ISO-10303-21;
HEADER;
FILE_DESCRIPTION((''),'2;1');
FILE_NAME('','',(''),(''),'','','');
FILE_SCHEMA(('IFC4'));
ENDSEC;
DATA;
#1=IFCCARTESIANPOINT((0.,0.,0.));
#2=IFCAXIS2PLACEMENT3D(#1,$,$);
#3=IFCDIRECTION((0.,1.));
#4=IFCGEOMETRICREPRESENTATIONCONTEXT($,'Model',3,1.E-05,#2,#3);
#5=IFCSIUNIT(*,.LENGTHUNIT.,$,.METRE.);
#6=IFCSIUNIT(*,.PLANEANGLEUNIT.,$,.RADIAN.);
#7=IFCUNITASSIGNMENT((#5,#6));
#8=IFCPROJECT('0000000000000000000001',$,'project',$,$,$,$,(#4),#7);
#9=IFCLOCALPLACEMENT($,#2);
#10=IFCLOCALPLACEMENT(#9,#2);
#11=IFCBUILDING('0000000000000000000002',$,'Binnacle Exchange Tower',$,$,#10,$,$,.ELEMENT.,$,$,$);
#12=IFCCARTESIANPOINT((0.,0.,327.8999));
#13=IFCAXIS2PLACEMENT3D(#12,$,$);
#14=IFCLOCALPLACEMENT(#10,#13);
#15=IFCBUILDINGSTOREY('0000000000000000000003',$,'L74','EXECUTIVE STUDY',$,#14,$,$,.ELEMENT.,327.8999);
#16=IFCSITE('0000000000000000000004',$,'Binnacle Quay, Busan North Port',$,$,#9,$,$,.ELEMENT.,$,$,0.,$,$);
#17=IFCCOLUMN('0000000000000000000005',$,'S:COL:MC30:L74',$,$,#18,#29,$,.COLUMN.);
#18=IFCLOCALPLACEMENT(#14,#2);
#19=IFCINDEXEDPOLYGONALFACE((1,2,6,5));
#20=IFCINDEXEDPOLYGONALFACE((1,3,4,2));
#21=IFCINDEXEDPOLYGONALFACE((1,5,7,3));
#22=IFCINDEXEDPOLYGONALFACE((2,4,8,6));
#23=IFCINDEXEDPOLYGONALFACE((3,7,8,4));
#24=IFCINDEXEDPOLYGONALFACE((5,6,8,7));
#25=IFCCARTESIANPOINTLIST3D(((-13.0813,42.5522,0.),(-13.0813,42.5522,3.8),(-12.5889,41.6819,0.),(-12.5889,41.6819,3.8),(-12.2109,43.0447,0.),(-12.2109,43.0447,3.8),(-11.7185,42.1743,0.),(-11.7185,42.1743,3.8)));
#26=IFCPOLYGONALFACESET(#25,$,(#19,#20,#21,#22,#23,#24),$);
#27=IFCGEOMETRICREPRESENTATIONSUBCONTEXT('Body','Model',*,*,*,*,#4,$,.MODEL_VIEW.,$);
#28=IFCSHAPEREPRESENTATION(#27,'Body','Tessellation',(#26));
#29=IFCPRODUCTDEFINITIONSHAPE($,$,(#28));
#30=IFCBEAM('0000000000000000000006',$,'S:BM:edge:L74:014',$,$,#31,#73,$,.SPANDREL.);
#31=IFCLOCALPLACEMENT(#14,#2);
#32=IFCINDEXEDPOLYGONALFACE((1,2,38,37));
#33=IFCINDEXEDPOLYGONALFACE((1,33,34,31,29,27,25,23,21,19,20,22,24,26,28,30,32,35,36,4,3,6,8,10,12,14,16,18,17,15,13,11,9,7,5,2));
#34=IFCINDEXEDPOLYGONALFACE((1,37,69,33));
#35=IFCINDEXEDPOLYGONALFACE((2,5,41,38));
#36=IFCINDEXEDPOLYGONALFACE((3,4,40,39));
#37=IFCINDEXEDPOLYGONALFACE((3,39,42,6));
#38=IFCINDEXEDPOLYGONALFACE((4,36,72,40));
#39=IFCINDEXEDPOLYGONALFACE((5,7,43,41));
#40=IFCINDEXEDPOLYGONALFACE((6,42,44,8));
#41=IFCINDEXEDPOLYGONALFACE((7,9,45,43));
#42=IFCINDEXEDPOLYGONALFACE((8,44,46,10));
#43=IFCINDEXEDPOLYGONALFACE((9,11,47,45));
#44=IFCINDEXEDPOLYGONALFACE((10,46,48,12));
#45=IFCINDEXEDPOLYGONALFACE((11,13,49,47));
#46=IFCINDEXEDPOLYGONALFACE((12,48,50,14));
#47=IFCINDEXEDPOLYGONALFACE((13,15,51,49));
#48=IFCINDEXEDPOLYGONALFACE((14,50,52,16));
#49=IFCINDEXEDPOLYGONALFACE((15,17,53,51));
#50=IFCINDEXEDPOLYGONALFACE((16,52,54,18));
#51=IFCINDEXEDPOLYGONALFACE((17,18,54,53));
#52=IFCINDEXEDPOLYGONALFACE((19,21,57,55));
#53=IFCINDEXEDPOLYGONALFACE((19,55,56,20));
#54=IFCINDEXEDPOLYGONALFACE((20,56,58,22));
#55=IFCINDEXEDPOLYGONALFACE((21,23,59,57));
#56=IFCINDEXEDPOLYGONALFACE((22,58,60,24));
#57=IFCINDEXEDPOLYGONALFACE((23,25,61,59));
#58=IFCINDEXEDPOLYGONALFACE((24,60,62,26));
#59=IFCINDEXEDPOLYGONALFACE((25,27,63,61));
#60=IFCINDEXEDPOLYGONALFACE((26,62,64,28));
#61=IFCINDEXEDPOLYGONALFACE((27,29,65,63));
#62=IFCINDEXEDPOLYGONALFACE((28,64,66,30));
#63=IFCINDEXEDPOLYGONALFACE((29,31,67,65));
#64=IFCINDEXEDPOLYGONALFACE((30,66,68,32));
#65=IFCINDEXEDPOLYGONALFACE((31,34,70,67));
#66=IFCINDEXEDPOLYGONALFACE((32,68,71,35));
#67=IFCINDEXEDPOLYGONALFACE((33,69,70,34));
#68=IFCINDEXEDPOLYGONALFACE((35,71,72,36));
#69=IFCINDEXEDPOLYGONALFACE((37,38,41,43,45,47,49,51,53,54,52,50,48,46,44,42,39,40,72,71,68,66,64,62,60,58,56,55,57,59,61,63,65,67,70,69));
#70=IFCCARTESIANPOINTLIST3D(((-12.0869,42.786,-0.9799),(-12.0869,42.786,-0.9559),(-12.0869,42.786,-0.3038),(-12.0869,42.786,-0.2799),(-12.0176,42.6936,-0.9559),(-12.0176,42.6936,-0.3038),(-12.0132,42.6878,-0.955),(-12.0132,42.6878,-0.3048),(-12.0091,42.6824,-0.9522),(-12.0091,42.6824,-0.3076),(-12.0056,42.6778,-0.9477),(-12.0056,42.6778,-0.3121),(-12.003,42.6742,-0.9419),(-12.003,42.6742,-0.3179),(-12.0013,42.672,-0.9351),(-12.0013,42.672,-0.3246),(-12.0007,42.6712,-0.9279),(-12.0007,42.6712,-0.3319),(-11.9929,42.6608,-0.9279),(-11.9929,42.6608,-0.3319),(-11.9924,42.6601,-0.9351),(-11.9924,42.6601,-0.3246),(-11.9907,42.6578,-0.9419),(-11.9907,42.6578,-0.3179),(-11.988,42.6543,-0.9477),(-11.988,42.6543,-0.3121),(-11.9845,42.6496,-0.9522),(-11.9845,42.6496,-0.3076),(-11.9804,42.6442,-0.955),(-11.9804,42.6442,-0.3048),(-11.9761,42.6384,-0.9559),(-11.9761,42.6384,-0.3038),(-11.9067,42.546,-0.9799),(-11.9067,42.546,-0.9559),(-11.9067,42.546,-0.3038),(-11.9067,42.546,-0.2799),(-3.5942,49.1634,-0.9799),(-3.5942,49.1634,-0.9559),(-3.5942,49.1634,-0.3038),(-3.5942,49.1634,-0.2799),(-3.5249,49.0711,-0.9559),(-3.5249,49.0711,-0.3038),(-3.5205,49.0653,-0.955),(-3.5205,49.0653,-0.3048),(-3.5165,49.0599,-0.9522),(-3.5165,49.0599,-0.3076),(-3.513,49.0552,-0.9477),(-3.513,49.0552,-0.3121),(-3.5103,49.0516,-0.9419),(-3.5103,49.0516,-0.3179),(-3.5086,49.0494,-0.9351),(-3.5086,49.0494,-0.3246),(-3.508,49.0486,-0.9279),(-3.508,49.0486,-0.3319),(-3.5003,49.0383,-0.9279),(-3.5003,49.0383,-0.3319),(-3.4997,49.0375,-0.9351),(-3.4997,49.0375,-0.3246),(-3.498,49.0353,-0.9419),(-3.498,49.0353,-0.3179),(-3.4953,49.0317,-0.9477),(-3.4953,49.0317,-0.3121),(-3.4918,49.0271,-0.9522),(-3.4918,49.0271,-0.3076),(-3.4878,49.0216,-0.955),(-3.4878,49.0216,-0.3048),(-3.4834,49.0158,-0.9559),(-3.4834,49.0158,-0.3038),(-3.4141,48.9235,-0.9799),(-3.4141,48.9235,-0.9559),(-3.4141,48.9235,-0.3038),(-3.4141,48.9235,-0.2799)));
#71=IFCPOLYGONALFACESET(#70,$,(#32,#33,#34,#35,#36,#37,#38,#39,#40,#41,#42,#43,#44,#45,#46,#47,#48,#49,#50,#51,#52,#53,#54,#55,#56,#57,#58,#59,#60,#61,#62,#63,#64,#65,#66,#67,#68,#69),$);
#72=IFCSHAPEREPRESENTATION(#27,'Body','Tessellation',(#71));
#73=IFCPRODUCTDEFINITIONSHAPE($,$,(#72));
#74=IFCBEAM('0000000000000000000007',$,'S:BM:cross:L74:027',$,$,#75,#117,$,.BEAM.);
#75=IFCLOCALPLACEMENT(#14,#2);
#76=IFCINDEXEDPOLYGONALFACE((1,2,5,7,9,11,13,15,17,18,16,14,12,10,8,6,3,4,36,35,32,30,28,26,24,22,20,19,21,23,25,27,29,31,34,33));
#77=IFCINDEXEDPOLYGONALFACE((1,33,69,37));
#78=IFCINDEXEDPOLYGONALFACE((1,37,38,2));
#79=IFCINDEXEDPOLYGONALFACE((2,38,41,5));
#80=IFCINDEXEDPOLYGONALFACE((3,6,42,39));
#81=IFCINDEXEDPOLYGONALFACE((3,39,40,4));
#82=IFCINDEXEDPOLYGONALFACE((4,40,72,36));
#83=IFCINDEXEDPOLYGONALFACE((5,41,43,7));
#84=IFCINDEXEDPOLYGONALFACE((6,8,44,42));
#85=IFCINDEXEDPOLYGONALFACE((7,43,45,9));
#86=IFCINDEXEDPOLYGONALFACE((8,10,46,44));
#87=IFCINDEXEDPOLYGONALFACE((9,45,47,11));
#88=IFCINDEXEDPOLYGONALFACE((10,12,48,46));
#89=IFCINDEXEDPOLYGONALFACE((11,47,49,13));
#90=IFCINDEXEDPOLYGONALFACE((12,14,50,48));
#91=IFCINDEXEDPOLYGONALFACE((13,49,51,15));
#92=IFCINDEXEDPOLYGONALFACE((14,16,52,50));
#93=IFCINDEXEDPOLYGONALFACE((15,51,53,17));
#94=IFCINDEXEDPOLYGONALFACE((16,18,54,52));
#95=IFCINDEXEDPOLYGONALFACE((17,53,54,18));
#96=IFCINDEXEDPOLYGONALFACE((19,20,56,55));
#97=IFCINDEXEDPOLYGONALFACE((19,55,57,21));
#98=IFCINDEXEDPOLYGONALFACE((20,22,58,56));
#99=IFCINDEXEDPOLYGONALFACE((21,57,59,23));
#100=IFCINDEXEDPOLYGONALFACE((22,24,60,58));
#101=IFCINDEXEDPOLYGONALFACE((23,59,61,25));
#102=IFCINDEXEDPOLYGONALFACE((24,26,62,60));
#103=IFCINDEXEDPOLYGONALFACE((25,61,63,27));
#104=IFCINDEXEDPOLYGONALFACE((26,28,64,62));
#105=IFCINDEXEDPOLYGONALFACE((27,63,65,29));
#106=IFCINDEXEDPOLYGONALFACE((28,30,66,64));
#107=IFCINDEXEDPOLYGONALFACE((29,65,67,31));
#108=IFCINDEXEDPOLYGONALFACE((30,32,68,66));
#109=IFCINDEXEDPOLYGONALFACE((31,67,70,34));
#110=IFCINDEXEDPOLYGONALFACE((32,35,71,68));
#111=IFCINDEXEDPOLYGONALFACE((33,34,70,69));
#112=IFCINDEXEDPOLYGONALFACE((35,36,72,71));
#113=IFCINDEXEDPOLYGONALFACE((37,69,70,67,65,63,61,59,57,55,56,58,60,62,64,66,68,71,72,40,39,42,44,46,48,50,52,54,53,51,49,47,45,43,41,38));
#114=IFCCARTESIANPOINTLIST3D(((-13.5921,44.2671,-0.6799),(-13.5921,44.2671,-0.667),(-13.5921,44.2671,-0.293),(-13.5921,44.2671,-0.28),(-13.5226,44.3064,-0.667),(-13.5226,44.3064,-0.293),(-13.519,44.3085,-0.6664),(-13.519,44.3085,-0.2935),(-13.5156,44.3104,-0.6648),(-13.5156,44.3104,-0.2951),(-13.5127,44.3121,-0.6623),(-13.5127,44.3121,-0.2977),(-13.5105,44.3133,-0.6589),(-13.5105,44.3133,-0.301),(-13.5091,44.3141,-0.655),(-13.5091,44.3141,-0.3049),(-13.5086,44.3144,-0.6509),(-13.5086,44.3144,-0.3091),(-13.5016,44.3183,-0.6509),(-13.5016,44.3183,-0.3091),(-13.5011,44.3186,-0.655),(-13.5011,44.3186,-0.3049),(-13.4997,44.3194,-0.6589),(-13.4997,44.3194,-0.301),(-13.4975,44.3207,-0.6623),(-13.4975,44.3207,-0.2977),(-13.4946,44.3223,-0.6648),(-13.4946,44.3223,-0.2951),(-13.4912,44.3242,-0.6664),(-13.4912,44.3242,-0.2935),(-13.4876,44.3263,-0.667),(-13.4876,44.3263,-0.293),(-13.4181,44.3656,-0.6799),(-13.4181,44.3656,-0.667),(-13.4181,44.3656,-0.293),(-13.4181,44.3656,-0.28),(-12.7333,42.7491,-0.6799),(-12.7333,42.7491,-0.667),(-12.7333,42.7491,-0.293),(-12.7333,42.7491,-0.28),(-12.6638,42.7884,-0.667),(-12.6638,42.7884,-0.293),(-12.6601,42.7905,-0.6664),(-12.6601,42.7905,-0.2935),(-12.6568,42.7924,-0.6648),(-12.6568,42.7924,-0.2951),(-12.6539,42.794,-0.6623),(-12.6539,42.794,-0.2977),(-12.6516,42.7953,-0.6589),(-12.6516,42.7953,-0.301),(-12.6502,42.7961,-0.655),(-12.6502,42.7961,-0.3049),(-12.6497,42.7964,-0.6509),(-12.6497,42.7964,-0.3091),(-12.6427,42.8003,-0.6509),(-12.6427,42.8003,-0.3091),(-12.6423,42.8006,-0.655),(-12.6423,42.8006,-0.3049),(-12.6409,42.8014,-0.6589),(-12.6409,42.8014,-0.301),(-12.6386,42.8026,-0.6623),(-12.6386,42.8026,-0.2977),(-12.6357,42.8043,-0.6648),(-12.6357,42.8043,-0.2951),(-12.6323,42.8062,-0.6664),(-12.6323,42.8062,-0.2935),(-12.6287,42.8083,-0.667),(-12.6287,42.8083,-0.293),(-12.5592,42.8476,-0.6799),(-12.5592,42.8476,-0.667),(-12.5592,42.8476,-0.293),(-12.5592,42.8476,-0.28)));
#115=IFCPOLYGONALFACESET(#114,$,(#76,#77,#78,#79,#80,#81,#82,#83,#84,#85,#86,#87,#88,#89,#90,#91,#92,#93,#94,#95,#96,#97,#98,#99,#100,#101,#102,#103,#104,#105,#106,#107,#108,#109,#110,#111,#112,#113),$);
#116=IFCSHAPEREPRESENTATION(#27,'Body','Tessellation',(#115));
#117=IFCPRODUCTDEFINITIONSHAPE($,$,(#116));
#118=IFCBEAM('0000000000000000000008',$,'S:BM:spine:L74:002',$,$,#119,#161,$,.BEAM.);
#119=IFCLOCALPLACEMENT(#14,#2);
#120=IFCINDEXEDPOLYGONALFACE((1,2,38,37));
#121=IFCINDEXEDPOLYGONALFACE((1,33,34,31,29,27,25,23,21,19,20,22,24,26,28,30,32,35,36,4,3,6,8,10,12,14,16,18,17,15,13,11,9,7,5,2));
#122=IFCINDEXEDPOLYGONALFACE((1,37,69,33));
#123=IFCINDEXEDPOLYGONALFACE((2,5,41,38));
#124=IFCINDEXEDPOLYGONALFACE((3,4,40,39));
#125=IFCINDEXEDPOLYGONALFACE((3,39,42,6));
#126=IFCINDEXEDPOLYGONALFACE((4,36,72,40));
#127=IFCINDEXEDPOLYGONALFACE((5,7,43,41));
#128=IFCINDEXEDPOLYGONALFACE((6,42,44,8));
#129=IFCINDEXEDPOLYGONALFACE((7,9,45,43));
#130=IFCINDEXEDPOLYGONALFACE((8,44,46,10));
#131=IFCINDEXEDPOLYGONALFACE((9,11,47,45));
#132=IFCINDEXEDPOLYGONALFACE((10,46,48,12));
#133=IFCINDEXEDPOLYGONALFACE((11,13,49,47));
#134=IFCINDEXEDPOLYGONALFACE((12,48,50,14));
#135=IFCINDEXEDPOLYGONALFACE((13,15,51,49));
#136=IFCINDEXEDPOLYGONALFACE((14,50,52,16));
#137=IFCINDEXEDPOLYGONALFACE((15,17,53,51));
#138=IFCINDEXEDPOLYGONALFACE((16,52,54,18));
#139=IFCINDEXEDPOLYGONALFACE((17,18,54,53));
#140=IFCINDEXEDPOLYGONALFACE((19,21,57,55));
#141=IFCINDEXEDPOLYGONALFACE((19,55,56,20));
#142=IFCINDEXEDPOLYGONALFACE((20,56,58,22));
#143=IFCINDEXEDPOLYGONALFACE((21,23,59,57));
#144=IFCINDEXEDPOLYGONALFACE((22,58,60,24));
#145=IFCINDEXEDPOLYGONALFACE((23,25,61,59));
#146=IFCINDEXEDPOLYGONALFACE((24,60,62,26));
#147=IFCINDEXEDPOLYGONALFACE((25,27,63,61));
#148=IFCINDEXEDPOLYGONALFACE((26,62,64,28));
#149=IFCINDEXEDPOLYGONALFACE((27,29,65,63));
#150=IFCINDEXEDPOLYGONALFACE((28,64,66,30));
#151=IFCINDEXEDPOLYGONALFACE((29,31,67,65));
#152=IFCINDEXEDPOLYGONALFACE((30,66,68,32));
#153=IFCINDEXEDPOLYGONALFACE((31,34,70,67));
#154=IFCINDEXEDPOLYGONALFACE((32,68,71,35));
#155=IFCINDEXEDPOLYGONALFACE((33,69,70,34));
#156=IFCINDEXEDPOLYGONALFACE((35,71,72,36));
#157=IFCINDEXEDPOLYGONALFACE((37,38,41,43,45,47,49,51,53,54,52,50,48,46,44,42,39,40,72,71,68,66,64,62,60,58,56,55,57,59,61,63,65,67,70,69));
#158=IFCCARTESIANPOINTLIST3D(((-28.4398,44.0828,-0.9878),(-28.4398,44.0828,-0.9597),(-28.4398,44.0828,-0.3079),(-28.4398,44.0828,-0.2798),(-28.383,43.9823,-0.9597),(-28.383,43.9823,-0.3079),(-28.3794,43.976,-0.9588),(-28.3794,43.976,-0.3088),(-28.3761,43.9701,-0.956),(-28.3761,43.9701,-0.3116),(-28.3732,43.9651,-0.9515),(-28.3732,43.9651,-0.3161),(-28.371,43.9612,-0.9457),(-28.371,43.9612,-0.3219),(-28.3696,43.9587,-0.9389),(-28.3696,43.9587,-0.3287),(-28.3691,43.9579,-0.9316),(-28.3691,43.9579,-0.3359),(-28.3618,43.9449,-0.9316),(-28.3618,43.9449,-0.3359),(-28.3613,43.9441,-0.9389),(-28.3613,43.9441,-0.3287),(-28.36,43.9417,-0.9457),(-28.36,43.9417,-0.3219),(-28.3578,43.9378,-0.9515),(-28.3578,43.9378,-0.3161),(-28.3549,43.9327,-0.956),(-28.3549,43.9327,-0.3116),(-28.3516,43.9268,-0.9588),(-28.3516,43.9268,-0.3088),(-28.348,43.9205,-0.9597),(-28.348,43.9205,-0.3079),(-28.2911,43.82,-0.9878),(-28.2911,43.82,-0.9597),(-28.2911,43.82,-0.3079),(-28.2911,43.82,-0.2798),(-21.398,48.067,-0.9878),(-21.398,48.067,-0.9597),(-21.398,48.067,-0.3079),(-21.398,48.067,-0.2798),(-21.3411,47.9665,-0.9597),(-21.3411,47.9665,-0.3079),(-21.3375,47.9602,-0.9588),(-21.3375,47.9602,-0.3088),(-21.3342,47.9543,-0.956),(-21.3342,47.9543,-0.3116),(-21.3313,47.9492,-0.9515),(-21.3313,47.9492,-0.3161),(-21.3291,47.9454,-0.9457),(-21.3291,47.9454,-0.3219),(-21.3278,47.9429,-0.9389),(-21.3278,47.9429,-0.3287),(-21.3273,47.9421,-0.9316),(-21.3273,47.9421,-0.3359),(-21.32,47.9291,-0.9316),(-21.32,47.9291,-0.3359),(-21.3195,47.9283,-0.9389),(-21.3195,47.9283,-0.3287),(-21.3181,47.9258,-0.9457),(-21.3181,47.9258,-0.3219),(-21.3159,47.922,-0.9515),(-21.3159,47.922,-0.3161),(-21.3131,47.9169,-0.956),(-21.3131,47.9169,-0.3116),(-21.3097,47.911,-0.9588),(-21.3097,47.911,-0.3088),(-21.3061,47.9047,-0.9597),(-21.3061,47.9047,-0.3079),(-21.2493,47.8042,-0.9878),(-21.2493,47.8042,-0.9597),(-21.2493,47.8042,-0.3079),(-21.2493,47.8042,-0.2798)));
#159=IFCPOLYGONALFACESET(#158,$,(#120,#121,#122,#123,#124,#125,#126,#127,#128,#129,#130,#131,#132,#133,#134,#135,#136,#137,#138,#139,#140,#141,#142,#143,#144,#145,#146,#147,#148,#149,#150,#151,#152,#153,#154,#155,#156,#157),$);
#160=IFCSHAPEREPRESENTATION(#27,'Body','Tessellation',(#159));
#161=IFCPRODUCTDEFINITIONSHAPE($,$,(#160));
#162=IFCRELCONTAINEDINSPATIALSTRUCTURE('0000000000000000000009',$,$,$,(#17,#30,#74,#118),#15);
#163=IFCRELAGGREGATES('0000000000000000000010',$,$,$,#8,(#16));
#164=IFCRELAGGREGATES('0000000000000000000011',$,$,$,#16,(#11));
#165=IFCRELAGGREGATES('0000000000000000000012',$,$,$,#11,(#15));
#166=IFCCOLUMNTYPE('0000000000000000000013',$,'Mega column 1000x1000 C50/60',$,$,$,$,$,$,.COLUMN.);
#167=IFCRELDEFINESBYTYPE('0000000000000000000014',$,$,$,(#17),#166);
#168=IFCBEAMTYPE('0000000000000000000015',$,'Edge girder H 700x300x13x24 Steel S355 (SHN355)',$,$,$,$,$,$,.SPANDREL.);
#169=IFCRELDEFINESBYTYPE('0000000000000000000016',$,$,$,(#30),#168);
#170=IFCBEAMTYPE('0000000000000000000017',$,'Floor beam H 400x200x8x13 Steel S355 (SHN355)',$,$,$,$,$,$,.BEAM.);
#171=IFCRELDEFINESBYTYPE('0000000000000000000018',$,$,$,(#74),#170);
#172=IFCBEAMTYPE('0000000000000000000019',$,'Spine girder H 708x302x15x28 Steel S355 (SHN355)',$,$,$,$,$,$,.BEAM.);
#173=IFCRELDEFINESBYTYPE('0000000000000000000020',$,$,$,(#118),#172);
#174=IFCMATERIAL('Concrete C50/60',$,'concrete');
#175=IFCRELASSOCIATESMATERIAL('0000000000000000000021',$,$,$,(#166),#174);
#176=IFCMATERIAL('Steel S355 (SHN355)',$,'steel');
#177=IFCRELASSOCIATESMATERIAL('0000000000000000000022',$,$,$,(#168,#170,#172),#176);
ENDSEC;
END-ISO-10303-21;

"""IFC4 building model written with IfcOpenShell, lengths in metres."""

from ifc_helpers import new_model, si_unit, direction, frame, origin, origin_2d, place, context, subcontext, project, spatial, rectangle, i_section, extrude, material, material_profile, profile_set, type_object, element, save


model = new_model("IFC4")

# Units and contexts
model_context = context("Model", 3, precision=1e-05, world=origin(), true_north=direction((0.0, 1.0)))
body_context = subcontext(model_context, "Body", "Model", "MODEL_VIEW")
ifc_project = project(units=[si_unit("LENGTHUNIT", "METRE"), si_unit("PLANEANGLEUNIT", "RADIAN")], contexts=[model_context])

# Site, building, storey
site_placement = place(None, origin())
site = spatial("IfcSite", under=ifc_project, at=site_placement, Name="Binnacle Quay, Busan North Port", CompositionType="ELEMENT", RefElevation=0.0)
building_placement = place(site_placement, origin())
building = spatial("IfcBuilding", under=site, at=building_placement, Name="Binnacle Exchange Tower", CompositionType="ELEMENT")
storey_placement = place(building_placement, frame((0.0, 0.0, 327.8999)))
storey = spatial("IfcBuildingStorey", under=building, at=storey_placement, Name="L74", Description="EXECUTIVE STUDY", CompositionType="ELEMENT", Elevation=327.8999)

# Column
ifc_material_1 = material(Name="Concrete C50/60", Category="concrete")
ifc_material_profile_1 = material_profile(ifc_material_1, rectangle(XDim=1.0, YDim=1.0, at=origin_2d()), Name="Mega column 1000x1000 C50/60")
ifc_profile_set_1 = profile_set([ifc_material_profile_1], Name="Concrete C50/60")
column_type = type_object("IfcColumnType", Name="Mega column 1000x1000 C50/60", PredefinedType="COLUMN", material=ifc_profile_set_1)
column_placement = place(storey_placement, frame((-12.3999, 42.3633, 0.0), z_axis=(0.0, 0.0, 1.0), x_axis=(0.870356, 0.492424, 0.0)))
element("IfcColumn", 1, at=column_placement, inside=storey, type_object=column_type, Name="S:COL:MC30:L74", PredefinedType="COLUMN", context=body_context, shape_type="SweptSolid", body=[
    extrude(rectangle(XDim=1.0, YDim=1.0, at=origin_2d()), origin(), (0.0, 0.0, 1.0), 3.8),
])

# Beams
ifc_material_2 = material(Name="Steel S355 (SHN355)", Category="steel")
ifc_material_profile_2 = material_profile(ifc_material_2, i_section(OverallWidth=0.3, OverallDepth=0.7, WebThickness=0.0129, FlangeThickness=0.0239, FilletRadius=0.0281, at=origin_2d()), Name="H 700x300x13x24")
ifc_profile_set_2 = profile_set([ifc_material_profile_2], Name="Steel S355 (SHN355)")
beam_type_1 = type_object("IfcBeamType", Name="Edge girder H 700x300x13x24 Steel S355 (SHN355)", PredefinedType="SPANDREL", material=ifc_profile_set_2)
beam_1_placement = place(storey_placement, frame((-11.9968, 42.666, -0.6299), z_axis=(0.799641, 0.600478, 0.0), x_axis=(-0.600478, 0.799641, 0.0)))
element("IfcBeam", 2, at=beam_1_placement, inside=storey, type_object=beam_type_1, Name="S:BM:edge:L74:014", PredefinedType="SPANDREL", context=body_context, shape_type="SweptSolid", body=[
    extrude(i_section(OverallWidth=0.3, OverallDepth=0.7, WebThickness=0.0129, FlangeThickness=0.0239, FilletRadius=0.0281, at=origin_2d()), origin(), (0.0, 0.0, 1.0), 10.6206),
])
ifc_material_profile_3 = material_profile(ifc_material_2, i_section(OverallWidth=0.2, OverallDepth=0.3999, WebThickness=0.0081, FlangeThickness=0.0129, FilletRadius=0.0161, at=origin_2d()), Name="H 400x200x8x13")
ifc_profile_set_3 = profile_set([ifc_material_profile_3], Name="Steel S355 (SHN355)")
beam_type_2 = type_object("IfcBeamType", Name="Floor beam H 400x200x8x13 Steel S355 (SHN355)", PredefinedType="BEAM", material=ifc_profile_set_3)
beam_2_placement = place(storey_placement, frame((-12.6462, 42.7983, -0.48), z_axis=(-0.492426, 0.870354, 0.0), x_axis=(-0.870354, -0.492426, 0.0)))
element("IfcBeam", 3, at=beam_2_placement, inside=storey, type_object=beam_type_2, Name="S:BM:cross:L74:027", PredefinedType="BEAM", context=body_context, shape_type="SweptSolid", body=[
    extrude(i_section(OverallWidth=0.2, OverallDepth=0.3999, WebThickness=0.0081, FlangeThickness=0.0129, FilletRadius=0.0161, at=origin_2d()), origin(), (0.0, 0.0, 1.0), 1.7441),
])
ifc_material_profile_4 = material_profile(ifc_material_2, i_section(OverallWidth=0.302, OverallDepth=0.708, WebThickness=0.0149, FlangeThickness=0.0281, FilletRadius=0.0281, at=origin_2d()), Name="H 708x302x15x28")
ifc_profile_set_4 = profile_set([ifc_material_profile_4], Name="Steel S355 (SHN355)")
beam_type_3 = type_object("IfcBeamType", Name="Spine girder H 708x302x15x28 Steel S355 (SHN355)", PredefinedType="BEAM", material=ifc_profile_set_4)
beam_3_placement = place(storey_placement, frame((-28.3655, 43.9514, -0.6338), z_axis=(0.87035, 0.492433, 0.0), x_axis=(-0.492433, 0.87035, 0.0)))
element("IfcBeam", 4, at=beam_3_placement, inside=storey, type_object=beam_type_3, Name="S:BM:spine:L74:002", PredefinedType="BEAM", context=body_context, shape_type="SweptSolid", body=[
    extrude(i_section(OverallWidth=0.302, OverallDepth=0.708, WebThickness=0.0149, FlangeThickness=0.0281, FilletRadius=0.0281, at=origin_2d()), origin(), (0.0, 0.0, 1.0), 8.0908),
])

save(model, "model.ifc")
